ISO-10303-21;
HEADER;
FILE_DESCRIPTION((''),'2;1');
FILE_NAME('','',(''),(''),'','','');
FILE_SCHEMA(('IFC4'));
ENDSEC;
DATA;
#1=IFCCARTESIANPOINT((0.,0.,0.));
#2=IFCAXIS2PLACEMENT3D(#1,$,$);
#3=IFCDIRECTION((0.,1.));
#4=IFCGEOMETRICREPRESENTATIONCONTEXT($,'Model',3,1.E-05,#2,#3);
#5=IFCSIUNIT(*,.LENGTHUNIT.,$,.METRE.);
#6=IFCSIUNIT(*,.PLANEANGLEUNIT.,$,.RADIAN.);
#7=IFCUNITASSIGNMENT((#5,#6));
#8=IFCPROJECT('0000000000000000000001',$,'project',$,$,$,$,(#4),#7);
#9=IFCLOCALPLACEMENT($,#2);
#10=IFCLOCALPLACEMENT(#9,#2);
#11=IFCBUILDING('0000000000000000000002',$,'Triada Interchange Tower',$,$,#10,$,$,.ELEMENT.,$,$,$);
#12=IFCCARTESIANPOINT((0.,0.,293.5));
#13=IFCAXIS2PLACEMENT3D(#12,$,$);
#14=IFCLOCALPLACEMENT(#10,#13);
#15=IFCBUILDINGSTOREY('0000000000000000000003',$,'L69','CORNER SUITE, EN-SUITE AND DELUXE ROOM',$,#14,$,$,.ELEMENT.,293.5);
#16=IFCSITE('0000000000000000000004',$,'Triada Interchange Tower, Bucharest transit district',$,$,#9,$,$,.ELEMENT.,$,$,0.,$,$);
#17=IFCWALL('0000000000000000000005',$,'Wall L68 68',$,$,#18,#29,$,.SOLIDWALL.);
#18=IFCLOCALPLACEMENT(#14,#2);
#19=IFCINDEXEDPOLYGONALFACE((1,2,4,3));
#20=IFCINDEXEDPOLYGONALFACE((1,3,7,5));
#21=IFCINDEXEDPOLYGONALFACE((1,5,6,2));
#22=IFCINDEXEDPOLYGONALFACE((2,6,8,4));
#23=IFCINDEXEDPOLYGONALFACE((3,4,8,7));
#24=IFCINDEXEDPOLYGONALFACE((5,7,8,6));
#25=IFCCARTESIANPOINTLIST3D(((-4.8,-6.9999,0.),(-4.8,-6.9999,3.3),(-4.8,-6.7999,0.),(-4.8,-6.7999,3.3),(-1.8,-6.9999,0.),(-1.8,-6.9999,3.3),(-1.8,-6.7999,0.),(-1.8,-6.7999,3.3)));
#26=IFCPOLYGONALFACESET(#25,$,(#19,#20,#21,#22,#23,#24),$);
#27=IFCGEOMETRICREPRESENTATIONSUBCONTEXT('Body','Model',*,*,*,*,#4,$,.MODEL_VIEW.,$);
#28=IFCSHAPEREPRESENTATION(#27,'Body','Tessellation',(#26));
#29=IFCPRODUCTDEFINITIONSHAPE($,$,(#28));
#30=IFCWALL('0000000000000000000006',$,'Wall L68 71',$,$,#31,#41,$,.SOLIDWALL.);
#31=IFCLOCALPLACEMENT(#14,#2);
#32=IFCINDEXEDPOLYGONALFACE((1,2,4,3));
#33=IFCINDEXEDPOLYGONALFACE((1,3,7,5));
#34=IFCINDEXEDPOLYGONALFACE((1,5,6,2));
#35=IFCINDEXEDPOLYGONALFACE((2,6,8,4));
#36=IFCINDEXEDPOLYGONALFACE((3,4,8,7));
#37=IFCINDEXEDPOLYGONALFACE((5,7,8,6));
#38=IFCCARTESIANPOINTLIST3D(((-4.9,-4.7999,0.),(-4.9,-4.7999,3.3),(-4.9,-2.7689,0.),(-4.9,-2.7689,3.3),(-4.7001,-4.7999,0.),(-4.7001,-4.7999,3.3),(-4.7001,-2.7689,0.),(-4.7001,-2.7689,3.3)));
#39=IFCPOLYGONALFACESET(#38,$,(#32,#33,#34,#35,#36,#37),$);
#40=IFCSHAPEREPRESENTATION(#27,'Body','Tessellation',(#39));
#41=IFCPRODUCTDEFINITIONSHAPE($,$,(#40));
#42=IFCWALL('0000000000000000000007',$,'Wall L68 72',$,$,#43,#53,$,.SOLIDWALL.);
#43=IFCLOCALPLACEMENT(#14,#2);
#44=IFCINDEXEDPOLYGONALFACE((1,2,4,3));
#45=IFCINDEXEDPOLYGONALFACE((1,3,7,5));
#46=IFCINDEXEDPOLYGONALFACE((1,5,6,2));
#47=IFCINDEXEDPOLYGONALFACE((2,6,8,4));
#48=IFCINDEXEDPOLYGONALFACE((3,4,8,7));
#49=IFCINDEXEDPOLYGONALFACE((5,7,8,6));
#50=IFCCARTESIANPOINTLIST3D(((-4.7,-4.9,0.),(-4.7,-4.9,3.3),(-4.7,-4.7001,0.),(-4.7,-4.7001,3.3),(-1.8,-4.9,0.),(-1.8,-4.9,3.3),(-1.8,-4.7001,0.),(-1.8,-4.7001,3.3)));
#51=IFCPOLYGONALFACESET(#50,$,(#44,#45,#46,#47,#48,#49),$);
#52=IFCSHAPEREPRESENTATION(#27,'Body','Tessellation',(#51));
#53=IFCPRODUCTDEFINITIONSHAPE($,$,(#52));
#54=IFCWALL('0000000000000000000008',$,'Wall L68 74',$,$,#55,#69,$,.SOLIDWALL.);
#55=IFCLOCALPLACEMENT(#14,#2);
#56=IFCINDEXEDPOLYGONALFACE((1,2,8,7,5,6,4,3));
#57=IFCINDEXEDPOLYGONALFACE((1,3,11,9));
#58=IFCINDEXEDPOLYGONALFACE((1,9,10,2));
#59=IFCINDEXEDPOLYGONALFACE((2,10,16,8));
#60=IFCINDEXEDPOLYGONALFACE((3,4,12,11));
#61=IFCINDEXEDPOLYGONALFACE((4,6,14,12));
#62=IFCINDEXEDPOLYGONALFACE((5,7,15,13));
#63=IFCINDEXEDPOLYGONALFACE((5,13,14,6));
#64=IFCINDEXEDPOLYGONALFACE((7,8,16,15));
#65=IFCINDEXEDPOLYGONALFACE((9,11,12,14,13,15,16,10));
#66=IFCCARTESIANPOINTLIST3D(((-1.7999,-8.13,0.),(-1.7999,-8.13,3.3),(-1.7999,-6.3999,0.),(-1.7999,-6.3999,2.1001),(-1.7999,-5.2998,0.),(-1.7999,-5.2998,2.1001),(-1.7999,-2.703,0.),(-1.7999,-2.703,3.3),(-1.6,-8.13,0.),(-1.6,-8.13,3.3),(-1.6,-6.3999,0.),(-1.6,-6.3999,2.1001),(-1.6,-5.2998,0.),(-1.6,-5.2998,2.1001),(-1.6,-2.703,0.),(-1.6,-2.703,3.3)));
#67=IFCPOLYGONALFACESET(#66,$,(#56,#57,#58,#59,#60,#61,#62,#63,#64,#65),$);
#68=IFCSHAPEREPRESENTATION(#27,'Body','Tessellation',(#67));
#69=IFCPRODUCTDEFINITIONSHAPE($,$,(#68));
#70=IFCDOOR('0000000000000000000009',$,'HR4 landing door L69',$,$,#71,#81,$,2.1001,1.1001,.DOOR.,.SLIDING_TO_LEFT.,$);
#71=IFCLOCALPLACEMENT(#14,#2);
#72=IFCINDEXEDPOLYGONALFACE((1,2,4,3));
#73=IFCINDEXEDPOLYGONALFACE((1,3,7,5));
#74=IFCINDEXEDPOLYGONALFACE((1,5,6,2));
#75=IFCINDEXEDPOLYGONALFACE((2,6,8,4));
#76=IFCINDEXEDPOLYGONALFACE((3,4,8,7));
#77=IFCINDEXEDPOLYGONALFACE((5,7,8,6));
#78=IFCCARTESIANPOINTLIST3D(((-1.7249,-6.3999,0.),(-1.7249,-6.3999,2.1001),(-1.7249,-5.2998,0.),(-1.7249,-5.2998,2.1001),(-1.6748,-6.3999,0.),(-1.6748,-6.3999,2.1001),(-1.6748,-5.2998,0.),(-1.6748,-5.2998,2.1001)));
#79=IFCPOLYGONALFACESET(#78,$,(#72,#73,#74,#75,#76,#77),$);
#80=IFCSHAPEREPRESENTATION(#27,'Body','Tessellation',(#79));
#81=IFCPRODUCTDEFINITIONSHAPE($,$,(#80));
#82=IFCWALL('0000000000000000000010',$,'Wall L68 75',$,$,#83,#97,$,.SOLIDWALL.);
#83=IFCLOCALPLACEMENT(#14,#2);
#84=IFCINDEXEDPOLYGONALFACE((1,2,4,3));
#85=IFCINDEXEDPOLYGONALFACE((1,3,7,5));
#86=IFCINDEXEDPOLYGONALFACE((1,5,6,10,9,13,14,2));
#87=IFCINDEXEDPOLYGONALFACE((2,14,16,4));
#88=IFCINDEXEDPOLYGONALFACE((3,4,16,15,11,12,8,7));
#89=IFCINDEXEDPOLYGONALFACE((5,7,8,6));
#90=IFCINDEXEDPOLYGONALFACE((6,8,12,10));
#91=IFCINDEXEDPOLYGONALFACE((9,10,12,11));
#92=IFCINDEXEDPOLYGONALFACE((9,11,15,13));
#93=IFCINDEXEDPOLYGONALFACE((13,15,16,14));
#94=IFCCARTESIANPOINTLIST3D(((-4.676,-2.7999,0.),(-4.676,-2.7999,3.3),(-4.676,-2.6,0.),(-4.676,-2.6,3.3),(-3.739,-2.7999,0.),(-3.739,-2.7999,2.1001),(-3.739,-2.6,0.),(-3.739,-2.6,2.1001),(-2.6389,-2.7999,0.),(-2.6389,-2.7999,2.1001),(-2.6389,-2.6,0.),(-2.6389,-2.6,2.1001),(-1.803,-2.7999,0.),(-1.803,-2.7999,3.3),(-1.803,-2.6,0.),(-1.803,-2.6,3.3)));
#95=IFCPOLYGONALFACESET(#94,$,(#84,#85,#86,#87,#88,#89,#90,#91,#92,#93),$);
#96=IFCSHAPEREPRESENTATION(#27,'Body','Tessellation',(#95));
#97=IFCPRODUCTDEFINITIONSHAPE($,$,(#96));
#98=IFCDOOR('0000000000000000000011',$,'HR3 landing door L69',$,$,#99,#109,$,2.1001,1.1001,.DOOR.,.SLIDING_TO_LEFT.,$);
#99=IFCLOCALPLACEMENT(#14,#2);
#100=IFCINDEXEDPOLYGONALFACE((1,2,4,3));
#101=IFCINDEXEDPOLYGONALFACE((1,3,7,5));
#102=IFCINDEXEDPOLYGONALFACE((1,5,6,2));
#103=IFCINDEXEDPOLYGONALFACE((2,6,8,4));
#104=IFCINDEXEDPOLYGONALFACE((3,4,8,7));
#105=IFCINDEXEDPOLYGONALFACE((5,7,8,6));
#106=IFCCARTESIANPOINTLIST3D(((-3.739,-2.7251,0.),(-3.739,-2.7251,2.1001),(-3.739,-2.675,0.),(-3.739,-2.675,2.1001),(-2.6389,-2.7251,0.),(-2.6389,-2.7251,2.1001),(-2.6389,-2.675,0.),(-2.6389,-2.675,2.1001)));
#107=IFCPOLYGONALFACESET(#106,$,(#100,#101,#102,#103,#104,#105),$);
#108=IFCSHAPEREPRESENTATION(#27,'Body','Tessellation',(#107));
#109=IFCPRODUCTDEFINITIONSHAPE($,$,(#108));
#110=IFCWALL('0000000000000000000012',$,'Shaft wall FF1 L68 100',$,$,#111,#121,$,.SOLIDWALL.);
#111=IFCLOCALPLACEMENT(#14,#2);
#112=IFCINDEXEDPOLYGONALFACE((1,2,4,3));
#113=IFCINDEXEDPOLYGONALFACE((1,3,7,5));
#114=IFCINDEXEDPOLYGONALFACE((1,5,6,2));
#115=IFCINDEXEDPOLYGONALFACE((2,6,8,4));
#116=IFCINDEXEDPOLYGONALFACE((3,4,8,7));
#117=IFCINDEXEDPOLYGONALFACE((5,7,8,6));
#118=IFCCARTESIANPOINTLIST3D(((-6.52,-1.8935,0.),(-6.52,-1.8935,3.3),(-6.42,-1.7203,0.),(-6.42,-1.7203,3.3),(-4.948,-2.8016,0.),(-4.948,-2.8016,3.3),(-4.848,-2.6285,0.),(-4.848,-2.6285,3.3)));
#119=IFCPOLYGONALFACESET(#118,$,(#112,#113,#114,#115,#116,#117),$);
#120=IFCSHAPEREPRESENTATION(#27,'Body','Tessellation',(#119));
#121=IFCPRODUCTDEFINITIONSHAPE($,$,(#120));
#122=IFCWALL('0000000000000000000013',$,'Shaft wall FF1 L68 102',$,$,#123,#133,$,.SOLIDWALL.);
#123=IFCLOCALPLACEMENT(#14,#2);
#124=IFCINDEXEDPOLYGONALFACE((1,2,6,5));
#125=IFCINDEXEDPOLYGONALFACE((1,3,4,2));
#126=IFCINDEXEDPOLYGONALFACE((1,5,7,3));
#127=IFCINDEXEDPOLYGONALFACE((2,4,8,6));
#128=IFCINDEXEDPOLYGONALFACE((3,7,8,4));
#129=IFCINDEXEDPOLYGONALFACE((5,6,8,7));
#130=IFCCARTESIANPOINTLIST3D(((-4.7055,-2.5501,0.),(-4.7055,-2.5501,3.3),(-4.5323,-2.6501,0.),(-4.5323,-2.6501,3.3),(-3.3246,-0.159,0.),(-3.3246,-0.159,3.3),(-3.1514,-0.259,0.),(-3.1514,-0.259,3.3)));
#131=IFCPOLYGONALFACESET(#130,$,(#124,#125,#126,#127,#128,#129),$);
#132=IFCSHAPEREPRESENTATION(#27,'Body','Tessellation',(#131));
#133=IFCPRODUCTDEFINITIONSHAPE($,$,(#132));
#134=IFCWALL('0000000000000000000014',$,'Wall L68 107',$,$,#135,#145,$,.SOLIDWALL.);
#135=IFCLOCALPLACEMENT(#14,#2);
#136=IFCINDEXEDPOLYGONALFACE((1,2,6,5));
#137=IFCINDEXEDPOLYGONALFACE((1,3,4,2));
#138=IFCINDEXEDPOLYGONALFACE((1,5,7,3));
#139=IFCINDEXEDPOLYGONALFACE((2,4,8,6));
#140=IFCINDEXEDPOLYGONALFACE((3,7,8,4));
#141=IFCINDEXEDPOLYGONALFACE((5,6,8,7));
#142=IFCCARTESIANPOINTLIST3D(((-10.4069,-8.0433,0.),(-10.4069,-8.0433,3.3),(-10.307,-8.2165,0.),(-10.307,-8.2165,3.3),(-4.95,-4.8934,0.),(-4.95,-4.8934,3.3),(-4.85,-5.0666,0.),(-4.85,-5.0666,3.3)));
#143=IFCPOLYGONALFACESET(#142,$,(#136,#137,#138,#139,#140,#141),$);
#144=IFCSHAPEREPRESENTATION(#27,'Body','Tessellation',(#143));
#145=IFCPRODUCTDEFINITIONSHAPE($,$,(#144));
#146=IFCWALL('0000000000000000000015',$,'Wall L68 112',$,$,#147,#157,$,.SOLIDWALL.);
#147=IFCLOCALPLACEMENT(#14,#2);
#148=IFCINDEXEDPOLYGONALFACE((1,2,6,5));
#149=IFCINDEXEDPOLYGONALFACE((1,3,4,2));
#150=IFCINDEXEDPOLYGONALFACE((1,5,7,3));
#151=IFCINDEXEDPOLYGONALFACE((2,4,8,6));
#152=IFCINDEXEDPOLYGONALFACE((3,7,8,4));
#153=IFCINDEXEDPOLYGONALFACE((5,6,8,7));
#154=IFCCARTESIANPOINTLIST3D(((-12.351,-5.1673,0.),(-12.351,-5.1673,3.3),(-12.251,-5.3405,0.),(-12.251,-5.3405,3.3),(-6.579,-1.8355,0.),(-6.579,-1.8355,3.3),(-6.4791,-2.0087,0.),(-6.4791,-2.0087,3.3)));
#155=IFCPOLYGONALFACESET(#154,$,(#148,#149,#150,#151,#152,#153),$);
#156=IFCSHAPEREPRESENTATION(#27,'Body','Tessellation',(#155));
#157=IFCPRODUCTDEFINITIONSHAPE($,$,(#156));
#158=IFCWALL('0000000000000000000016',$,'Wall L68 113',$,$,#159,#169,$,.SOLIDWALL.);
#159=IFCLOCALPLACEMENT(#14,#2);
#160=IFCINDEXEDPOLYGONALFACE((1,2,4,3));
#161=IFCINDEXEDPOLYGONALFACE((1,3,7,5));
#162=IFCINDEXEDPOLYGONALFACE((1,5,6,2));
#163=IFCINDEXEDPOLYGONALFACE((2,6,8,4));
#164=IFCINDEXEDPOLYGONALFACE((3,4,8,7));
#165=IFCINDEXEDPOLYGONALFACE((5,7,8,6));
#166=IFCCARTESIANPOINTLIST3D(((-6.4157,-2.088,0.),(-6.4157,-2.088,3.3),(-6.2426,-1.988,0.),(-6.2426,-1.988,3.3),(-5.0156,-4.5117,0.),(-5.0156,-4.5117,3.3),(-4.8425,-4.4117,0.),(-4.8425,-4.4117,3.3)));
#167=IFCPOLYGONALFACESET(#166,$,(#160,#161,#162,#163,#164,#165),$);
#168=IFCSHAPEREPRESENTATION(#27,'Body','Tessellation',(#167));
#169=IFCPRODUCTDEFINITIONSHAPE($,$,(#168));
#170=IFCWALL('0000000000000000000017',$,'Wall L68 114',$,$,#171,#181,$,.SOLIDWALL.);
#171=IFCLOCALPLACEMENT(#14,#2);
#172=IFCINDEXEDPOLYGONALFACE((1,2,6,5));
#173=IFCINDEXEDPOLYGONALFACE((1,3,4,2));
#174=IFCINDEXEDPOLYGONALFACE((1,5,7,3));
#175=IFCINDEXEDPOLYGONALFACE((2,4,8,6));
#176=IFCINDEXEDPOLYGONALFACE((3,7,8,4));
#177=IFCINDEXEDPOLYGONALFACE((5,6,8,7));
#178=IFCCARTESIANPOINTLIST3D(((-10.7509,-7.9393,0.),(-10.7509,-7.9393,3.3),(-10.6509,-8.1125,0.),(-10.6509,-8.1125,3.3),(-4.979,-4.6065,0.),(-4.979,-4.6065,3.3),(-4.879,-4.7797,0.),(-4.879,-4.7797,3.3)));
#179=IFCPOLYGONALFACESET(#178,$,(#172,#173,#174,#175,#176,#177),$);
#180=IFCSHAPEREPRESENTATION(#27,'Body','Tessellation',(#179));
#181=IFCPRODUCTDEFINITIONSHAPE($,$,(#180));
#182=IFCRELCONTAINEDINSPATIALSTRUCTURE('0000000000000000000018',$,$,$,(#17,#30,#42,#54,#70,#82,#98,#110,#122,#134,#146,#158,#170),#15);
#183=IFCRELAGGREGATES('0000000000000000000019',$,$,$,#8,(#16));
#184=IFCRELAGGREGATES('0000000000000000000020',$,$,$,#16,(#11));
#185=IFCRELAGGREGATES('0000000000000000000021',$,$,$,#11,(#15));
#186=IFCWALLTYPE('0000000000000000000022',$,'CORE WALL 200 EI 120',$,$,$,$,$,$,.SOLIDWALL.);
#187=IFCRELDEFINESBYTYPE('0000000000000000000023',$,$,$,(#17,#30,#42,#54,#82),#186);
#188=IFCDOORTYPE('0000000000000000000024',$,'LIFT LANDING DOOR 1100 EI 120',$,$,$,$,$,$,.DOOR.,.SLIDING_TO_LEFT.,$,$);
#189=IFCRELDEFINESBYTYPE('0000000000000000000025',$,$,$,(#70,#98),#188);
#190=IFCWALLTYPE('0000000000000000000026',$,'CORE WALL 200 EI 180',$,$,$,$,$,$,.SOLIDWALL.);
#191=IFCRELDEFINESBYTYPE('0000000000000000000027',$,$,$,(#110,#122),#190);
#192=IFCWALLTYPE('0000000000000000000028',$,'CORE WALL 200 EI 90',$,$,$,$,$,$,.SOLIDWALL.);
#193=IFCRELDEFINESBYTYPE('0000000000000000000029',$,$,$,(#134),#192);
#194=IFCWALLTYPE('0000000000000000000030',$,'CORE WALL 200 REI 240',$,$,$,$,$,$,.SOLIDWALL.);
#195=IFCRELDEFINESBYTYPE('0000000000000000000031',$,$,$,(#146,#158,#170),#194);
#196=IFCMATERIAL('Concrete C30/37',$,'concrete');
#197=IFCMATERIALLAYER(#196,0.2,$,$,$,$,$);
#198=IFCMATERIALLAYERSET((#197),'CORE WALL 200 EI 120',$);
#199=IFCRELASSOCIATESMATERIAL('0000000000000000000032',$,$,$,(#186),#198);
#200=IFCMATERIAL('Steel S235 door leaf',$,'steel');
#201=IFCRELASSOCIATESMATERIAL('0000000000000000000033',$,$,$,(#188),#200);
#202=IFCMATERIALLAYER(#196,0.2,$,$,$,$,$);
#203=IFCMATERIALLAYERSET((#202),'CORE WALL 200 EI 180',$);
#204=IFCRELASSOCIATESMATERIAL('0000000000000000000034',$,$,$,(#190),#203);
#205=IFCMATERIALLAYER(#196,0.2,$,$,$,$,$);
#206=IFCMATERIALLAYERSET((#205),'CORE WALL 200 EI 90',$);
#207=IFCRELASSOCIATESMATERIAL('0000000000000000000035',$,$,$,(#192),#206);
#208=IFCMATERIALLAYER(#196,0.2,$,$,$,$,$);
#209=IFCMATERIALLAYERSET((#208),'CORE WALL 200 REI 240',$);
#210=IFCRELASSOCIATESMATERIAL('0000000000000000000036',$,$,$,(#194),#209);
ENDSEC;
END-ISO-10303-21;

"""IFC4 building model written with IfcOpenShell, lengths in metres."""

from ifc_helpers import new_model, si_unit, direction, frame, frame_2d, origin, place, context, subcontext, project, spatial, rectangle, extrude, material, layer, layer_set, type_object, element, fill, save


model = new_model("IFC4")

# Units and contexts
model_context = context("Model", 3, precision=1e-05, world=origin(), true_north=direction((0.0, 1.0)))
body_context = subcontext(model_context, "Body", "Model", "MODEL_VIEW")
ifc_project = project(units=[si_unit("LENGTHUNIT", "METRE"), si_unit("PLANEANGLEUNIT", "RADIAN")], contexts=[model_context])

# Site, building, storey
site_placement = place(None, origin())
site = spatial("IfcSite", under=ifc_project, at=site_placement, Name="Triada Interchange Tower, Bucharest transit district", CompositionType="ELEMENT", RefElevation=0.0)
building_placement = place(site_placement, origin())
building = spatial("IfcBuilding", under=site, at=building_placement, Name="Triada Interchange Tower", CompositionType="ELEMENT")
storey_placement = place(building_placement, frame((0.0, 0.0, 293.5)))
storey = spatial("IfcBuildingStorey", under=building, at=storey_placement, Name="L69", Description="CORNER SUITE, EN-SUITE AND DELUXE ROOM", CompositionType="ELEMENT", Elevation=293.5)

# Walls
ifc_material_1 = material(Name="Concrete C30/37", Category="concrete")
ifc_layer_1 = layer(ifc_material_1, 0.2)
ifc_layer_set_1 = layer_set([ifc_layer_1], Name="CORE WALL 200 EI 120")
wall_type_1 = type_object("IfcWallType", Name="CORE WALL 200 EI 120", PredefinedType="SOLIDWALL", material=ifc_layer_set_1)
wall_1_placement = place(storey_placement, frame((-4.8, -6.8999, 0.0), z_axis=(0.0, 0.0, 1.0), x_axis=(1.0, 0.0, 0.0)))
element("IfcWall", 1, at=wall_1_placement, inside=storey, type_object=wall_type_1, Name="Wall L68 68", PredefinedType="SOLIDWALL", context=body_context, shape_type="SweptSolid", body=[
    extrude(rectangle(XDim=3.0, YDim=0.2, at=frame_2d((1.5, 0.0))), origin(), (0.0, 0.0, 1.0), 3.3),
])
wall_2_placement = place(storey_placement, frame((-4.8, -4.8, 0.0), z_axis=(0.0, 0.0, 1.0), x_axis=(0.0, 1.0, 0.0)))
element("IfcWall", 2, at=wall_2_placement, inside=storey, type_object=wall_type_1, Name="Wall L68 71", PredefinedType="SOLIDWALL", context=body_context, shape_type="SweptSolid", body=[
    extrude(rectangle(XDim=2.031, YDim=0.2, at=frame_2d((1.0156, 0.0))), origin(), (0.0, 0.0, 1.0), 3.3),
])
wall_3_placement = place(storey_placement, frame((-4.7, -4.8, 0.0), z_axis=(0.0, 0.0, 1.0), x_axis=(1.0, 0.0, 0.0)))
element("IfcWall", 3, at=wall_3_placement, inside=storey, type_object=wall_type_1, Name="Wall L68 72", PredefinedType="SOLIDWALL", context=body_context, shape_type="SweptSolid", body=[
    extrude(rectangle(XDim=2.8999, YDim=0.2, at=frame_2d((1.45, 0.0))), origin(), (0.0, 0.0, 1.0), 3.3),
])

# Walls, openings, doors
wall_4_placement = place(storey_placement, frame((-1.7, -8.1299, 0.0), z_axis=(0.0, 0.0, 1.0), x_axis=(0.0, 1.0, 0.0)))
wall_4 = element("IfcWall", 4, at=wall_4_placement, inside=storey, type_object=wall_type_1, Name="Wall L68 74", PredefinedType="SOLIDWALL", context=body_context, shape_type="SweptSolid", body=[
    extrude(rectangle(XDim=5.427, YDim=0.2, at=frame_2d((2.7134, 0.0))), origin(), (0.0, 0.0, 1.0), 3.3),
])
opening_1_placement = place(wall_4_placement, frame((1.73, 0.0, 0.0)))
opening_1 = element("IfcOpeningElement", 5, at=opening_1_placement, cuts=wall_4, PredefinedType="OPENING", context=body_context, shape_type="SweptSolid", body=[
    extrude(rectangle(XDim=1.1001, YDim=2.1001, at=frame_2d((0.55, 1.05))), frame((0.0, 0.1099, 0.0), z_axis=(0.0, -1.0, 0.0), x_axis=(1.0, 0.0, 0.0)), (0.0, 0.0, 1.0), 0.22),
])
ifc_material_2 = material(Name="Steel S235 door leaf", Category="steel")
door_type_1 = type_object("IfcDoorType", Name="LIFT LANDING DOOR 1100 EI 120", OperationType="SLIDING_TO_LEFT", PredefinedType="DOOR", material=ifc_material_2)
door_1_placement = place(opening_1_placement, origin())
door_1 = element("IfcDoor", 6, at=door_1_placement, inside=storey, type_object=door_type_1, Name="HR4 landing door L69", OperationType="SLIDING_TO_LEFT", OverallHeight=2.1001, OverallWidth=1.1001, PredefinedType="DOOR", context=body_context, shape_type="SweptSolid", body=[
    extrude(rectangle(XDim=1.1001, YDim=2.1001, at=frame_2d((0.55, 1.05))), frame((0.0, 0.0249, 0.0), z_axis=(0.0, -1.0, 0.0), x_axis=(1.0, 0.0, 0.0)), (0.0, 0.0, 1.0), 0.05),
])
fill(opening_1, door_1)
wall_5_placement = place(storey_placement, frame((-4.676, -2.7, 0.0), z_axis=(0.0, 0.0, 1.0), x_axis=(1.0, 0.0, 0.0)))
wall_5 = element("IfcWall", 7, at=wall_5_placement, inside=storey, type_object=wall_type_1, Name="Wall L68 75", PredefinedType="SOLIDWALL", context=body_context, shape_type="SweptSolid", body=[
    extrude(rectangle(XDim=2.873, YDim=0.2, at=frame_2d((1.4365, 0.0))), origin(), (0.0, 0.0, 1.0), 3.3),
])
opening_2_placement = place(wall_5_placement, frame((0.937, 0.0, 0.0)))
opening_2 = element("IfcOpeningElement", 8, at=opening_2_placement, cuts=wall_5, PredefinedType="OPENING", context=body_context, shape_type="SweptSolid", body=[
    extrude(rectangle(XDim=1.1001, YDim=2.1001, at=frame_2d((0.55, 1.05))), frame((0.0, 0.1099, 0.0), z_axis=(0.0, -1.0, 0.0), x_axis=(1.0, 0.0, 0.0)), (0.0, 0.0, 1.0), 0.22),
])
door_2_placement = place(opening_2_placement, origin())
door_2 = element("IfcDoor", 9, at=door_2_placement, inside=storey, type_object=door_type_1, Name="HR3 landing door L69", OperationType="SLIDING_TO_LEFT", OverallHeight=2.1001, OverallWidth=1.1001, PredefinedType="DOOR", context=body_context, shape_type="SweptSolid", body=[
    extrude(rectangle(XDim=1.1001, YDim=2.1001, at=frame_2d((0.55, 1.05))), frame((0.0, 0.0249, 0.0), z_axis=(0.0, -1.0, 0.0), x_axis=(1.0, 0.0, 0.0)), (0.0, 0.0, 1.0), 0.05),
])
fill(opening_2, door_2)

# Walls
ifc_layer_2 = layer(ifc_material_1, 0.2)
ifc_layer_set_2 = layer_set([ifc_layer_2], Name="CORE WALL 200 EI 180")
wall_type_2 = type_object("IfcWallType", Name="CORE WALL 200 EI 180", PredefinedType="SOLIDWALL", material=ifc_layer_set_2)
wall_6_placement = place(storey_placement, frame((-6.47, -1.8069, 0.0), z_axis=(0.0, 0.0, 1.0), x_axis=(0.865883, -0.500246, 0.0)))
element("IfcWall", 10, at=wall_6_placement, inside=storey, type_object=wall_type_2, Name="Shaft wall FF1 L68 100", PredefinedType="SOLIDWALL", context=body_context, shape_type="SweptSolid", body=[
    extrude(rectangle(XDim=1.8154, YDim=0.2, at=frame_2d((0.9077, 0.0))), origin(), (0.0, 0.0, 1.0), 3.3),
])
wall_7_placement = place(storey_placement, frame((-4.6189, -2.6001, 0.0), z_axis=(0.0, 0.0, 1.0), x_axis=(0.500095, 0.865971, 0.0)))
element("IfcWall", 11, at=wall_7_placement, inside=storey, type_object=wall_type_2, Name="Shaft wall FF1 L68 102", PredefinedType="SOLIDWALL", context=body_context, shape_type="SweptSolid", body=[
    extrude(rectangle(XDim=2.7612, YDim=0.2, at=frame_2d((1.3806, 0.0))), origin(), (0.0, 0.0, 1.0), 3.3),
])
ifc_layer_3 = layer(ifc_material_1, 0.2)
ifc_layer_set_3 = layer_set([ifc_layer_3], Name="CORE WALL 200 EI 90")
wall_type_3 = type_object("IfcWallType", Name="CORE WALL 200 EI 90", PredefinedType="SOLIDWALL", material=ifc_layer_set_3)
wall_8_placement = place(storey_placement, frame((-10.3569, -8.1299, 0.0), z_axis=(0.0, 0.0, 1.0), x_axis=(0.866075, 0.499915, 0.0)))
element("IfcWall", 12, at=wall_8_placement, inside=storey, type_object=wall_type_3, Name="Wall L68 107", PredefinedType="SOLIDWALL", context=body_context, shape_type="SweptSolid", body=[
    extrude(rectangle(XDim=6.3008, YDim=0.2, at=frame_2d((3.1504, 0.0))), origin(), (0.0, 0.0, 1.0), 3.3),
])
ifc_layer_4 = layer(ifc_material_1, 0.2)
ifc_layer_set_4 = layer_set([ifc_layer_4], Name="CORE WALL 200 REI 240")
wall_type_4 = type_object("IfcWallType", Name="CORE WALL 200 REI 240", PredefinedType="SOLIDWALL", material=ifc_layer_set_4)
wall_9_placement = place(storey_placement, frame((-12.301, -5.2539, 0.0), z_axis=(0.0, 0.0, 1.0), x_axis=(0.866068, 0.499925, 0.0)))
element("IfcWall", 13, at=wall_9_placement, inside=storey, type_object=wall_type_4, Name="Wall L68 112", PredefinedType="SOLIDWALL", context=body_context, shape_type="SweptSolid", body=[
    extrude(rectangle(XDim=6.6646, YDim=0.2, at=frame_2d((3.3323, 0.0))), origin(), (0.0, 0.0, 1.0), 3.3),
])
wall_10_placement = place(storey_placement, frame((-6.3291, -2.0381, 0.0), z_axis=(0.0, 0.0, 1.0), x_axis=(0.500201, -0.86591, 0.0)))
element("IfcWall", 14, at=wall_10_placement, inside=storey, type_object=wall_type_4, Name="Wall L68 113", PredefinedType="SOLIDWALL", context=body_context, shape_type="SweptSolid", body=[
    extrude(rectangle(XDim=2.7991, YDim=0.2, at=frame_2d((1.3994, 0.0))), origin(), (0.0, 0.0, 1.0), 3.3),
])
wall_11_placement = place(storey_placement, frame((-10.7009, -8.0259, 0.0), z_axis=(0.0, 0.0, 1.0), x_axis=(0.866005, 0.500035, 0.0)))
element("IfcWall", 15, at=wall_11_placement, inside=storey, type_object=wall_type_4, Name="Wall L68 114", PredefinedType="SOLIDWALL", context=body_context, shape_type="SweptSolid", body=[
    extrude(rectangle(XDim=6.665, YDim=0.2, at=frame_2d((3.3325, 0.0))), origin(), (0.0, 0.0, 1.0), 3.3),
])

save(model, "model.ifc")
